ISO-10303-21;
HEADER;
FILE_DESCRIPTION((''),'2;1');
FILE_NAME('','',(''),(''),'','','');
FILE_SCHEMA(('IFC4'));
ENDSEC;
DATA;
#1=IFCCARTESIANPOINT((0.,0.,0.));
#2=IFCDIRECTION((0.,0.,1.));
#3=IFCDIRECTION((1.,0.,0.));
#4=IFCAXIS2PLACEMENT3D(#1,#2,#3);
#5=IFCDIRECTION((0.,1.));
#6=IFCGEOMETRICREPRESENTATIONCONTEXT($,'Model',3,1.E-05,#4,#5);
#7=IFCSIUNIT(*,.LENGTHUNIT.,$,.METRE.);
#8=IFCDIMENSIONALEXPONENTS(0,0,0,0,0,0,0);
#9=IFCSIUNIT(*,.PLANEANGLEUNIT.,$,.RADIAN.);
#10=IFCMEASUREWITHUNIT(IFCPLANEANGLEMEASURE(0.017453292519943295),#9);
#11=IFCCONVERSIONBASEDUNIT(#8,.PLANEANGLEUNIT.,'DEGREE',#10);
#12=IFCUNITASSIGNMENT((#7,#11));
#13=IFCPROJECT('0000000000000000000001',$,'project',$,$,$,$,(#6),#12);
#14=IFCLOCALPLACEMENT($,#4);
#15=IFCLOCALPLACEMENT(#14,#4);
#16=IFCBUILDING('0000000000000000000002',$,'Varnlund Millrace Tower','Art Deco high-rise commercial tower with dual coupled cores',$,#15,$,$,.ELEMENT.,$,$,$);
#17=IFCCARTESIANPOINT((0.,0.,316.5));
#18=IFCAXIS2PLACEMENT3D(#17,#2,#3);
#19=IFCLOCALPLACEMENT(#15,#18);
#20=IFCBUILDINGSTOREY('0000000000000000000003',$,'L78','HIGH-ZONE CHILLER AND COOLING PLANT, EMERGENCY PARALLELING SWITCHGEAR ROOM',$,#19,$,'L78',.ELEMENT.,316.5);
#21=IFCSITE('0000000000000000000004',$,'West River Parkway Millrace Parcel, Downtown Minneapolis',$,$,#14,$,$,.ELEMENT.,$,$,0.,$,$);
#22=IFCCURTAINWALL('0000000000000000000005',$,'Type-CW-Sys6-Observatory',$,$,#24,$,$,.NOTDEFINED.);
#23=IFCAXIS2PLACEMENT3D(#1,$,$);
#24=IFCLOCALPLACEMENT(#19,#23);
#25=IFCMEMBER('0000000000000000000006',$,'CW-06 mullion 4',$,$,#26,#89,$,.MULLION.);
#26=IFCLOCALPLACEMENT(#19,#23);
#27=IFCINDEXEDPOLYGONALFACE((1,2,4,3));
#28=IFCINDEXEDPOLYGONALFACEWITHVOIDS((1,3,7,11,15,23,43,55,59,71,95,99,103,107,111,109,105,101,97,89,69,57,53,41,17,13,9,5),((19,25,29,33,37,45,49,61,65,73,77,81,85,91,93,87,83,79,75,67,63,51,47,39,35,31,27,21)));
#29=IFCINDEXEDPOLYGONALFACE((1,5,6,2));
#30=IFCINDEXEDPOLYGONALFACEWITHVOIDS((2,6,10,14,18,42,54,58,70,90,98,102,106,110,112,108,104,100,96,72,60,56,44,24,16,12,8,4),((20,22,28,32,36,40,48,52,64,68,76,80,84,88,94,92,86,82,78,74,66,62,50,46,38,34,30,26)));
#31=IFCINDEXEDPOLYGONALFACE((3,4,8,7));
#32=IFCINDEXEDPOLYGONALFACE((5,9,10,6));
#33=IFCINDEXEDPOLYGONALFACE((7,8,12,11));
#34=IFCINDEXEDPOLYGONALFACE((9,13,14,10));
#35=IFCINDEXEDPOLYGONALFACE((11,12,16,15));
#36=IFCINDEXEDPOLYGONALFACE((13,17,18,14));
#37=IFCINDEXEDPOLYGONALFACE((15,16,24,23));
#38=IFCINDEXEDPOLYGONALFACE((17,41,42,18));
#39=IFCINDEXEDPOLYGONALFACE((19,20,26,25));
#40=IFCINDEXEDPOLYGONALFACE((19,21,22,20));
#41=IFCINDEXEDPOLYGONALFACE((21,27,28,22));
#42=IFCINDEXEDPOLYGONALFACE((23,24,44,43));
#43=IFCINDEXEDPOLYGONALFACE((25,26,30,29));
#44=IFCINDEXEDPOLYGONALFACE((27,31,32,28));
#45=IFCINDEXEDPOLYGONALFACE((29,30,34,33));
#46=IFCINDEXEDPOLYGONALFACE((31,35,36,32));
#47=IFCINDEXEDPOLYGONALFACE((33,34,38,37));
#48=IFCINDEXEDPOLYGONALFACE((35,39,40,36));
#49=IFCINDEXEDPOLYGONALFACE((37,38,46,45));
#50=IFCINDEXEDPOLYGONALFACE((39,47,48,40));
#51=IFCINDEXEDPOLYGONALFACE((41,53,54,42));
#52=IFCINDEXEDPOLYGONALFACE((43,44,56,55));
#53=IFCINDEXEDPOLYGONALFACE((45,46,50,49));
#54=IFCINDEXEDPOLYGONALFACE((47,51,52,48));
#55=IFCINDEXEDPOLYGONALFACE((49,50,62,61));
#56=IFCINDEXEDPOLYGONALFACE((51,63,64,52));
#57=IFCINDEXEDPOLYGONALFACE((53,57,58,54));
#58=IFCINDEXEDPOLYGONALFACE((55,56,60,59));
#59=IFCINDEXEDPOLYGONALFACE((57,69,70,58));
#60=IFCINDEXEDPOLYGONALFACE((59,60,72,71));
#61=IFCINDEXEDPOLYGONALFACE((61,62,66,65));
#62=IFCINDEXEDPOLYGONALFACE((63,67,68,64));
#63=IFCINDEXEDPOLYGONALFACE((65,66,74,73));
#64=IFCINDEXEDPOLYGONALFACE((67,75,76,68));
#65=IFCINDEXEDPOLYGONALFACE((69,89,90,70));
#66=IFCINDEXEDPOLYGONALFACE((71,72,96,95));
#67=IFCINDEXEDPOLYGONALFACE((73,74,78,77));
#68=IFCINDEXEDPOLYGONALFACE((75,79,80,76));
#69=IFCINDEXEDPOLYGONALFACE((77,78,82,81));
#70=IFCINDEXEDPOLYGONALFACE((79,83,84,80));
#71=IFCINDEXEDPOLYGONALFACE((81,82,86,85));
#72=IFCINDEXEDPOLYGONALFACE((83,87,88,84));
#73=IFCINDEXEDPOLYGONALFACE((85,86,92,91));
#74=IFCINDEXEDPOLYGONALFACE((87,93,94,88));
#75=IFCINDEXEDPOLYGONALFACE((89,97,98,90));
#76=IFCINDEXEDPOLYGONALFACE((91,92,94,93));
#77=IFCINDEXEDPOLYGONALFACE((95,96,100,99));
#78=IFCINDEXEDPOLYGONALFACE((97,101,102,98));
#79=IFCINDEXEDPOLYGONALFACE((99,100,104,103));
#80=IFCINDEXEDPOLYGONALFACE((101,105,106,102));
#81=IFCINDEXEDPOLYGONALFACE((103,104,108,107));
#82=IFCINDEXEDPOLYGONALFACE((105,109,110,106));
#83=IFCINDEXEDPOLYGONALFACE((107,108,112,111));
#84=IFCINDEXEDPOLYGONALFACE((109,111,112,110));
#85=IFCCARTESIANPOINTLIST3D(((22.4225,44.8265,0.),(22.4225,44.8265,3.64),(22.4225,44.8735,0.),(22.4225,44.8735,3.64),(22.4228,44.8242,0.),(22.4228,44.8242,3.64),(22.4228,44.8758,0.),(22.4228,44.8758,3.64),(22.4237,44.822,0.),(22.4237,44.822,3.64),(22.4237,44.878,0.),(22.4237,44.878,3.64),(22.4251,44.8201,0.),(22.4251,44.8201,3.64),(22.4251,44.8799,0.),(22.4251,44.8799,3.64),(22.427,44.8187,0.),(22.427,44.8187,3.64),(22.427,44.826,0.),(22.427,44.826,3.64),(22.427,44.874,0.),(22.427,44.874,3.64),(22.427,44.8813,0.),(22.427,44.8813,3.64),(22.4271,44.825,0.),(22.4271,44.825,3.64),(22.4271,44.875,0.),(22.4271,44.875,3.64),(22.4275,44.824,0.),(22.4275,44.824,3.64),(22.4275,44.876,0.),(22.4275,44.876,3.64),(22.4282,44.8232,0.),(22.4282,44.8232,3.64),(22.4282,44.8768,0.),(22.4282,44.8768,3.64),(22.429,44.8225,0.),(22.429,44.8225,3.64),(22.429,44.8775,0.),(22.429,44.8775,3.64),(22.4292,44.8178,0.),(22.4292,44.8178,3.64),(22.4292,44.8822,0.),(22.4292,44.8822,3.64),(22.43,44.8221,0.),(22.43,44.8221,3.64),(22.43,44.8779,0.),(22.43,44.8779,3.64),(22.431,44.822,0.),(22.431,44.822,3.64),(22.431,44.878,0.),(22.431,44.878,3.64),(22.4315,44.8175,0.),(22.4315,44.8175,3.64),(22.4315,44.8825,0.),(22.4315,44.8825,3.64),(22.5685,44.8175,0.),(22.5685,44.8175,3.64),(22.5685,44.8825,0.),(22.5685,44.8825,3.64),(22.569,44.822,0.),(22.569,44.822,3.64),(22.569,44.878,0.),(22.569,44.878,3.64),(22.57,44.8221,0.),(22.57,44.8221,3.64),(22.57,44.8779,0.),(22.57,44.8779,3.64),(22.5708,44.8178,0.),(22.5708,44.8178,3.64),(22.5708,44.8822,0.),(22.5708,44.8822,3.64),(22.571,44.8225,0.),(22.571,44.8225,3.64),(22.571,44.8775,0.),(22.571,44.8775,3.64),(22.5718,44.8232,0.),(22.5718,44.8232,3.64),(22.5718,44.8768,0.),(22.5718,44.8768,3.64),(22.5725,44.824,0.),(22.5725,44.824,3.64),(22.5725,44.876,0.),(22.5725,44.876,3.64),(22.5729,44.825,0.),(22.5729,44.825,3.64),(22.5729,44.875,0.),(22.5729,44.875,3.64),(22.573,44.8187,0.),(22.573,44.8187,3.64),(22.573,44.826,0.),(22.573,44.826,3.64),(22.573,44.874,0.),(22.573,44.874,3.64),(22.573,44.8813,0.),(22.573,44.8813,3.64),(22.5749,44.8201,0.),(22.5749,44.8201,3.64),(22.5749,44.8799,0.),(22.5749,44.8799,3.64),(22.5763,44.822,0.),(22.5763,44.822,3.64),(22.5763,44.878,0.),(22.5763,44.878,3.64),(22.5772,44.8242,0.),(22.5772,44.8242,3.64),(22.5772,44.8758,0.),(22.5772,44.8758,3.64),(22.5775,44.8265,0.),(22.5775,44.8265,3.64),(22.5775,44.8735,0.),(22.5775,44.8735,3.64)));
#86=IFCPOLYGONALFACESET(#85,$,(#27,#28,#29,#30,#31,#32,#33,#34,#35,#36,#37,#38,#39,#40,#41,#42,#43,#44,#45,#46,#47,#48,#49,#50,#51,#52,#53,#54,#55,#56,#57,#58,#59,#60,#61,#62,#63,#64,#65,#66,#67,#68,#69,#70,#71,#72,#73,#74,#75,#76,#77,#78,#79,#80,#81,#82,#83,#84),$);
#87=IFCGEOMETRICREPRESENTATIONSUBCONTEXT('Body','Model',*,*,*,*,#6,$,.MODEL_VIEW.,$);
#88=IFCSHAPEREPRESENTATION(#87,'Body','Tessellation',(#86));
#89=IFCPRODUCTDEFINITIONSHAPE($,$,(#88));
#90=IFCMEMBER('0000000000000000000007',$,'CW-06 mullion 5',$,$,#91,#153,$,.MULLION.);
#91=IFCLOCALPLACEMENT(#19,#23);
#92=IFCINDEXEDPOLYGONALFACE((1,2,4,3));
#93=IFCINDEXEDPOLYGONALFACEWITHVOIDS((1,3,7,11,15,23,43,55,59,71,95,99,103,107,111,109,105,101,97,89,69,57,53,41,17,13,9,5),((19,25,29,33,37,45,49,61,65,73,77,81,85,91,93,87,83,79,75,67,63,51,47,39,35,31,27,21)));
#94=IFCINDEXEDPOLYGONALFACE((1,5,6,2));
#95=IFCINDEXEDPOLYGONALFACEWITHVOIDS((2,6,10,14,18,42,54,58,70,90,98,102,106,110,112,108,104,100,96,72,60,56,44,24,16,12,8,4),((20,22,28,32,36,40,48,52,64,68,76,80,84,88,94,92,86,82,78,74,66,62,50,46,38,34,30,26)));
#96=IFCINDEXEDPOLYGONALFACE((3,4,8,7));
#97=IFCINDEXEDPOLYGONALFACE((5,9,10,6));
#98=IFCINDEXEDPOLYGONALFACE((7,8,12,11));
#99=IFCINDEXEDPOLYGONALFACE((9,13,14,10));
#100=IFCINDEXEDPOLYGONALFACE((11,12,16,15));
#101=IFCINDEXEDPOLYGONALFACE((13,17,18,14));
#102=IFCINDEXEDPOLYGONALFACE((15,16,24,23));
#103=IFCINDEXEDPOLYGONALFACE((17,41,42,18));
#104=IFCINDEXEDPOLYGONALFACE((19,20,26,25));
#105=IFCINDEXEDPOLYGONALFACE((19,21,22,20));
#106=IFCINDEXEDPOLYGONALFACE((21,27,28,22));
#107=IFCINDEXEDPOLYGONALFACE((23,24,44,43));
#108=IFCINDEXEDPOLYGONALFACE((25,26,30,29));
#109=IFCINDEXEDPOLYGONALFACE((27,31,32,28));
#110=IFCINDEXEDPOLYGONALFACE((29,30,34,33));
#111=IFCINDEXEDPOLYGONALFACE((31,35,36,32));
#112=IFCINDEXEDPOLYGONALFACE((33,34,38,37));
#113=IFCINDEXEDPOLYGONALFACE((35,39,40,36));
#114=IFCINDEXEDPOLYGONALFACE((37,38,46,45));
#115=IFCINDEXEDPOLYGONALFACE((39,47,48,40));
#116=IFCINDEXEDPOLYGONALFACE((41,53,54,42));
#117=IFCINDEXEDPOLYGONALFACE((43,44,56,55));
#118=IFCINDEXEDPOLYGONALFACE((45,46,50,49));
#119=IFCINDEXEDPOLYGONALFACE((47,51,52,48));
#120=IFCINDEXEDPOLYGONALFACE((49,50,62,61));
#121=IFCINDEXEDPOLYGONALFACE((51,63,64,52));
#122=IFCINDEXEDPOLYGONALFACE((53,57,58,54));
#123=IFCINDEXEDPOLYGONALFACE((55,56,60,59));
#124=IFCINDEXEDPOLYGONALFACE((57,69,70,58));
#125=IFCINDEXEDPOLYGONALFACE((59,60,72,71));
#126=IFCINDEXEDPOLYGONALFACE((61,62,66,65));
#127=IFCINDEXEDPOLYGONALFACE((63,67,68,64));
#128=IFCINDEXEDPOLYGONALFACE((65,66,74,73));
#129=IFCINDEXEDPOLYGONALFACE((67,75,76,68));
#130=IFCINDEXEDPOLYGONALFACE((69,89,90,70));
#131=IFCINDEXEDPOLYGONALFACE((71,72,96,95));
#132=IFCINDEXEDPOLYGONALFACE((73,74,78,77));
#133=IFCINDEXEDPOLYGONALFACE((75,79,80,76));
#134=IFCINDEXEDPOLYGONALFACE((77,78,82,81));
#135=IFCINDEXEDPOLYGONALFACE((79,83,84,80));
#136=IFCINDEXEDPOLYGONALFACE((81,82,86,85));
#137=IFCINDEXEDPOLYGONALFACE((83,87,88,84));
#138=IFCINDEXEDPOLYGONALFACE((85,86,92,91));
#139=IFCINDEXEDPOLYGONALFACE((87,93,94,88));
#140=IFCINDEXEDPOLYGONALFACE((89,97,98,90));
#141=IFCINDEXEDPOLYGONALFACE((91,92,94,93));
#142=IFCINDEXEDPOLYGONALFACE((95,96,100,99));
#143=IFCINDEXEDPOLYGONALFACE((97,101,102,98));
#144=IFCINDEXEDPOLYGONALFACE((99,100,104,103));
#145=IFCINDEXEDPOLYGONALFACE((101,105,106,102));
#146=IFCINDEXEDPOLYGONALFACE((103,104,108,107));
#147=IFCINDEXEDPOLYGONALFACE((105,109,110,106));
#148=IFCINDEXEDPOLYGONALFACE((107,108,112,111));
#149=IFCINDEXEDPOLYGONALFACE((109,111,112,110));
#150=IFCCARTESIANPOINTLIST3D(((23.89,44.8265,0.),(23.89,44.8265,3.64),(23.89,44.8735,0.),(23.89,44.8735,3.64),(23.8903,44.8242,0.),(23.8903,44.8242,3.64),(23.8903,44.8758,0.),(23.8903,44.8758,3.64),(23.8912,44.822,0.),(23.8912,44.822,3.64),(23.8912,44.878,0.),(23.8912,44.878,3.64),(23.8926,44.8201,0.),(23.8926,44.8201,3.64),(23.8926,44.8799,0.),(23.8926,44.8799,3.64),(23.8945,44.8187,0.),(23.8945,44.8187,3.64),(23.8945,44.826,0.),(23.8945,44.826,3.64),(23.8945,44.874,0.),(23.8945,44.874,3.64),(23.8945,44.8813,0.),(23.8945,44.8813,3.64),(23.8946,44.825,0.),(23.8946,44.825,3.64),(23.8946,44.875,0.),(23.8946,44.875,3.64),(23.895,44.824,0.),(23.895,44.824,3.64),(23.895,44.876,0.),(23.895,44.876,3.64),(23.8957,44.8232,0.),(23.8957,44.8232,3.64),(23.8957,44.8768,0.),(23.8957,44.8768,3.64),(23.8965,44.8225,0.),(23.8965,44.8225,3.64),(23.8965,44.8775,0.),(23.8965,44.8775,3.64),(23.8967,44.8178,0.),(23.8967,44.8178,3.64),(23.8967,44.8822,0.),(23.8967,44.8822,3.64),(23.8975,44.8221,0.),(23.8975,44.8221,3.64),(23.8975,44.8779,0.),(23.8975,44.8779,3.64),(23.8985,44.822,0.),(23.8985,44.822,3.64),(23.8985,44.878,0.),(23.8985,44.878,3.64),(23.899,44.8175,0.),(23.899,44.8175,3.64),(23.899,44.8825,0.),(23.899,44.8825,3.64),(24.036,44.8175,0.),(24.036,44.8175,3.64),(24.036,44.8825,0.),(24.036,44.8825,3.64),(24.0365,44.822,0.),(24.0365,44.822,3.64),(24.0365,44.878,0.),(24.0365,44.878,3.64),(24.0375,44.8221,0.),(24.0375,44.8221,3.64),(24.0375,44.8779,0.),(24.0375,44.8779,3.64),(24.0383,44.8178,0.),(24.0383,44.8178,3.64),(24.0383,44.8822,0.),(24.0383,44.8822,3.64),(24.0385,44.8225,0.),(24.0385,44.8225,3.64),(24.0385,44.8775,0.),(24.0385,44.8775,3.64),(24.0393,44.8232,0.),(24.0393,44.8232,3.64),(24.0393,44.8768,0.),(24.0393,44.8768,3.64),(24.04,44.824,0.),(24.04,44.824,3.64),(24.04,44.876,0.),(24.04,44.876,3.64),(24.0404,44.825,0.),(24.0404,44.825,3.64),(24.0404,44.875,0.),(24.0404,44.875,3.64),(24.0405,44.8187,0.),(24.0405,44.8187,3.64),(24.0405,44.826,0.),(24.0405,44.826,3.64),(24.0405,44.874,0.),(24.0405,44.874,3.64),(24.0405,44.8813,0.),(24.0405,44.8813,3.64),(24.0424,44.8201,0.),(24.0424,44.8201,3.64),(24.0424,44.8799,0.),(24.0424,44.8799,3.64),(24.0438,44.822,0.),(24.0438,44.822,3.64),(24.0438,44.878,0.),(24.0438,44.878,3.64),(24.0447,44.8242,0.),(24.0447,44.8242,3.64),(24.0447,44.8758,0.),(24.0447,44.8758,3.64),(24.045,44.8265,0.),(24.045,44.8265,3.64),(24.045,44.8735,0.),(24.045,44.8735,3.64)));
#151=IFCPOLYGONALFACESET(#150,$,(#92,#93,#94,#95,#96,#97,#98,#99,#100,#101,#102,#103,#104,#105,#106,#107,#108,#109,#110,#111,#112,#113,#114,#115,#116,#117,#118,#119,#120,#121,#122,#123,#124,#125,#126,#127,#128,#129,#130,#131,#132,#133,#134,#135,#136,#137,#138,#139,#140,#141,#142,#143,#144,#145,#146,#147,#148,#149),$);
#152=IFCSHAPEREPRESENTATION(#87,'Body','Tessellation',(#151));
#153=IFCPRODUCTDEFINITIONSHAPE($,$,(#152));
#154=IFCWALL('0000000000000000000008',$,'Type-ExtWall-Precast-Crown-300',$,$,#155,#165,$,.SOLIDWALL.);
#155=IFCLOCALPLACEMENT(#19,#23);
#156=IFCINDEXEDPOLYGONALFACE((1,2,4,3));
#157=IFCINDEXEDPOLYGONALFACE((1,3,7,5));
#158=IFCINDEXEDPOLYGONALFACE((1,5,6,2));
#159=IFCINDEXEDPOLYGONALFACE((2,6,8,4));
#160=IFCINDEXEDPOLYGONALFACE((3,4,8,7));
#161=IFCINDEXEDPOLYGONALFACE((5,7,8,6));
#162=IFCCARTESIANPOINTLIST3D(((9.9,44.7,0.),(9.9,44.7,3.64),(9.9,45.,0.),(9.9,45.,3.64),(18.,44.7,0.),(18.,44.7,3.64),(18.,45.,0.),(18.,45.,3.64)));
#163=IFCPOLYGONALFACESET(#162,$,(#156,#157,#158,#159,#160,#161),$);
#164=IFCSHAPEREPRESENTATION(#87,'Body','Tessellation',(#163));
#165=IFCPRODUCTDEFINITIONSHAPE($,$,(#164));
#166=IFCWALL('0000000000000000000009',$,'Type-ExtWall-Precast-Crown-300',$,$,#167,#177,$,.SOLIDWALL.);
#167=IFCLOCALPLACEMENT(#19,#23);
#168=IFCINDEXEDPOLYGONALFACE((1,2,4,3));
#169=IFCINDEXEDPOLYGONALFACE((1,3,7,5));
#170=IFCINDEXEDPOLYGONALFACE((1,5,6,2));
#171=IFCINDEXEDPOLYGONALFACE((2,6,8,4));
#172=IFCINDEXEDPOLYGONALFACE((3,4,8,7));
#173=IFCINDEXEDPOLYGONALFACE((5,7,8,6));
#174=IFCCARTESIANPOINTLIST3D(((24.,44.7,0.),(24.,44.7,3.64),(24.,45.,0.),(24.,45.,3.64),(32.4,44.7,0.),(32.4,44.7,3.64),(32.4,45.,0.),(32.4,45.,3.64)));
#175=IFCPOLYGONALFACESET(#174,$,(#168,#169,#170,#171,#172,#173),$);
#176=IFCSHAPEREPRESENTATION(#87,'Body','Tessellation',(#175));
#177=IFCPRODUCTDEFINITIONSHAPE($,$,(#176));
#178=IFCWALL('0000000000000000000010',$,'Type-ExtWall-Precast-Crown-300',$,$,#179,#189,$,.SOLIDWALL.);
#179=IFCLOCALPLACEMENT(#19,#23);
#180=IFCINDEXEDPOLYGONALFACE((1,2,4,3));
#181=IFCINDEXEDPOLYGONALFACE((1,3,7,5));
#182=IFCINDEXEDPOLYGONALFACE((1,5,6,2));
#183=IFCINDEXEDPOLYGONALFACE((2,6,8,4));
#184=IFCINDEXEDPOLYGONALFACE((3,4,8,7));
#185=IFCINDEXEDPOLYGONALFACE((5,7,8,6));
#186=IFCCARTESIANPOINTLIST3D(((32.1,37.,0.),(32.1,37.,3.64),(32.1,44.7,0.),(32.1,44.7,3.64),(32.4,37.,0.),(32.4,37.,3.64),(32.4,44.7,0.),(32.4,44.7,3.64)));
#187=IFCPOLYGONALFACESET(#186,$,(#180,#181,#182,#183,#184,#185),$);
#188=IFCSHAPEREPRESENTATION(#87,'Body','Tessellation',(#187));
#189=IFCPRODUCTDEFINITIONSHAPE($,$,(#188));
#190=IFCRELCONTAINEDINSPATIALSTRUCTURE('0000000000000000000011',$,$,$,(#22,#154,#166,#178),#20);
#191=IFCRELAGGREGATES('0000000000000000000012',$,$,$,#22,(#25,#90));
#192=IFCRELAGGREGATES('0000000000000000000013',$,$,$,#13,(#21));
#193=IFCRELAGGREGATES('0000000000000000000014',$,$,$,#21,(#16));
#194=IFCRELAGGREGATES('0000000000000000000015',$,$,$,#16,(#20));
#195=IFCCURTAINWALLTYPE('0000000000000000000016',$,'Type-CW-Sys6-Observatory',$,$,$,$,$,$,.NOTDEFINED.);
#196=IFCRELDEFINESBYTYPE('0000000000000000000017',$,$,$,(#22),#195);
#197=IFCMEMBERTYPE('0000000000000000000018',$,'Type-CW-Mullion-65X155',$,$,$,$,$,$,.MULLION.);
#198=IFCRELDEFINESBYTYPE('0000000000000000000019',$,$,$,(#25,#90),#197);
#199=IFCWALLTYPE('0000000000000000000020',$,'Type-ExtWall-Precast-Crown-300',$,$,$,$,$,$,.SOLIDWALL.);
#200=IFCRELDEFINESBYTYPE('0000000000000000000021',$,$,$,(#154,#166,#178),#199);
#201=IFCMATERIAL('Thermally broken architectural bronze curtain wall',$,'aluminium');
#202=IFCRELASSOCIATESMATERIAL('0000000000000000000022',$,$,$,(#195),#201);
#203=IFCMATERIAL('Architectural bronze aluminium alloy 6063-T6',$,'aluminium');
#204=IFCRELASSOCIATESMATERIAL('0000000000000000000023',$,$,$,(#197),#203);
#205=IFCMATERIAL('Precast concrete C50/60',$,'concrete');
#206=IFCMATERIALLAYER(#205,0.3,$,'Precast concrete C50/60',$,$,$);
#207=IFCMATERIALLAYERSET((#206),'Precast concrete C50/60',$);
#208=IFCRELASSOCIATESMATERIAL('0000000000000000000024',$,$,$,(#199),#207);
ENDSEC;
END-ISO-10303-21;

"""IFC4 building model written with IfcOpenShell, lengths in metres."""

from ifc_helpers import new_model, entity, si_unit, converted_unit, direction, frame, origin_with_axes, origin_2d_with_axis, place, context, subcontext, project, spatial, polyline, hollow_rectangle, outline, extrude, material, layer, layer_set, material_profile, profile_set, type_object, element, aggregate, save


model = new_model("IFC4")

# Units and contexts
model_context = context("Model", 3, precision=1e-05, world=origin_with_axes(), true_north=direction((0.0, 1.0)))
body_context = subcontext(model_context, "Body", "Model", "MODEL_VIEW")
ifc_project = project(units=[si_unit("LENGTHUNIT", "METRE"), converted_unit("PLANEANGLEUNIT", "DEGREE", entity("IfcPlaneAngleMeasure", 0.017453292519943295), si_unit("PLANEANGLEUNIT", "RADIAN"), dimensions=[0, 0, 0, 0, 0, 0, 0])], contexts=[model_context])

# Site, building, storey
site_placement = place(None, origin_with_axes())
site = spatial("IfcSite", under=ifc_project, at=site_placement, Name="West River Parkway Millrace Parcel, Downtown Minneapolis", CompositionType="ELEMENT", RefElevation=0.0)
building_placement = place(site_placement, origin_with_axes())
building = spatial("IfcBuilding", under=site, at=building_placement, Name="Varnlund Millrace Tower", Description="Art Deco high-rise commercial tower with dual coupled cores", CompositionType="ELEMENT")
storey_placement = place(building_placement, frame((0.0, 0.0, 316.5), z_axis=(0.0, 0.0, 1.0), x_axis=(1.0, 0.0, 0.0)))
storey = spatial("IfcBuildingStorey", under=building, at=storey_placement, Name="L78", Description="HIGH-ZONE CHILLER AND COOLING PLANT, EMERGENCY PARALLELING SWITCHGEAR ROOM", LongName="L78", CompositionType="ELEMENT", Elevation=316.5)

# Curtain wall, members
ifc_material_1 = material(Name="Thermally broken architectural bronze curtain wall", Category="aluminium")
curtain_wall_type = type_object("IfcCurtainWallType", Name="Type-CW-Sys6-Observatory", PredefinedType="NOTDEFINED", material=ifc_material_1)
ifc_material_2 = material(Name="Architectural bronze aluminium alloy 6063-T6", Category="aluminium")
ifc_material_profile_1 = material_profile(ifc_material_2, hollow_rectangle(XDim=0.065, YDim=0.155, WallThickness=0.0045, InnerFilletRadius=0.004, OuterFilletRadius=0.009, at=origin_2d_with_axis()), Name="Architectural bronze aluminium alloy 6063-T6")
ifc_profile_set_1 = profile_set([ifc_material_profile_1], Name="Architectural bronze aluminium alloy 6063-T6")
member_type = type_object("IfcMemberType", Name="Type-CW-Mullion-65X155", PredefinedType="MULLION", material=ifc_profile_set_1)
curtain_wall_1_placement = place(storey_placement, frame((18.0, 44.85, 0.0), z_axis=(0.0, 0.0, 1.0), x_axis=(1.0, 0.0, 0.0)))
curtain_wall_1 = element("IfcCurtainWall", 1, at=curtain_wall_1_placement, inside=storey, type_object=curtain_wall_type, Name="Type-CW-Sys6-Observatory", PredefinedType="NOTDEFINED")
member_1_placement = place(storey_placement, frame((22.5, 44.85, 0.0), z_axis=(0.0, 0.0, 1.0), x_axis=(0.0, 1.0, 0.0)))
member_1 = element("IfcMember", 2, at=member_1_placement, type_object=member_type, Name="CW-06 mullion 4", PredefinedType="MULLION", context=body_context, shape_type="SweptSolid", body=[
    extrude(hollow_rectangle(XDim=0.065, YDim=0.155, WallThickness=0.0045, InnerFilletRadius=0.004, OuterFilletRadius=0.009, at=origin_2d_with_axis()), origin_with_axes(), (0.0, 0.0, 1.0), 3.64),
])
member_2_placement = place(storey_placement, frame((23.9675, 44.85, 0.0), z_axis=(0.0, 0.0, 1.0), x_axis=(0.0, 1.0, 0.0)))
member_2 = element("IfcMember", 3, at=member_2_placement, type_object=member_type, Name="CW-06 mullion 5", PredefinedType="MULLION", context=body_context, shape_type="SweptSolid", body=[
    extrude(hollow_rectangle(XDim=0.065, YDim=0.155, WallThickness=0.0045, InnerFilletRadius=0.004, OuterFilletRadius=0.009, at=origin_2d_with_axis()), origin_with_axes(), (0.0, 0.0, 1.0), 3.64),
])
aggregate(curtain_wall_1, [member_1, member_2])

# Walls
ifc_material_3 = material(Name="Precast concrete C50/60", Category="concrete")
ifc_layer_1 = layer(ifc_material_3, 0.3, Name="Precast concrete C50/60")
ifc_layer_set_1 = layer_set([ifc_layer_1], Name="Precast concrete C50/60")
wall_type_1 = type_object("IfcWallType", Name="Type-ExtWall-Precast-Crown-300", PredefinedType="SOLIDWALL", material=ifc_layer_set_1)
wall_1_placement = place(storey_placement, frame((9.9, 44.85, 0.0), z_axis=(0.0, 0.0, 1.0), x_axis=(1.0, 0.0, 0.0)))
element("IfcWall", 4, at=wall_1_placement, inside=storey, type_object=wall_type_1, Name="Type-ExtWall-Precast-Crown-300", PredefinedType="SOLIDWALL", context=body_context, shape_type="SweptSolid", body=[
    extrude(outline(polyline([(0.0, -0.15), (8.1, -0.15), (8.1, 0.15), (0.0, 0.15), (0.0, -0.15)])), origin_with_axes(), (0.0, 0.0, 1.0), 3.64),
])
wall_2_placement = place(storey_placement, frame((24.0, 44.85, 0.0), z_axis=(0.0, 0.0, 1.0), x_axis=(1.0, 0.0, 0.0)))
element("IfcWall", 5, at=wall_2_placement, inside=storey, type_object=wall_type_1, Name="Type-ExtWall-Precast-Crown-300", PredefinedType="SOLIDWALL", context=body_context, shape_type="SweptSolid", body=[
    extrude(outline(polyline([(0.0, -0.15), (8.4, -0.15), (8.4, 0.15), (0.0, 0.15), (0.0, -0.15)])), origin_with_axes(), (0.0, 0.0, 1.0), 3.64),
])
wall_3_placement = place(storey_placement, frame((32.25, 44.7, 0.0), z_axis=(0.0, 0.0, 1.0), x_axis=(0.0, -1.0, 0.0)))
element("IfcWall", 6, at=wall_3_placement, inside=storey, type_object=wall_type_1, Name="Type-ExtWall-Precast-Crown-300", PredefinedType="SOLIDWALL", context=body_context, shape_type="SweptSolid", body=[
    extrude(outline(polyline([(0.0, -0.15), (7.7, -0.15), (7.7, 0.15), (0.0, 0.15), (0.0, -0.15)])), origin_with_axes(), (0.0, 0.0, 1.0), 3.64),
])

save(model, "model.ifc")
